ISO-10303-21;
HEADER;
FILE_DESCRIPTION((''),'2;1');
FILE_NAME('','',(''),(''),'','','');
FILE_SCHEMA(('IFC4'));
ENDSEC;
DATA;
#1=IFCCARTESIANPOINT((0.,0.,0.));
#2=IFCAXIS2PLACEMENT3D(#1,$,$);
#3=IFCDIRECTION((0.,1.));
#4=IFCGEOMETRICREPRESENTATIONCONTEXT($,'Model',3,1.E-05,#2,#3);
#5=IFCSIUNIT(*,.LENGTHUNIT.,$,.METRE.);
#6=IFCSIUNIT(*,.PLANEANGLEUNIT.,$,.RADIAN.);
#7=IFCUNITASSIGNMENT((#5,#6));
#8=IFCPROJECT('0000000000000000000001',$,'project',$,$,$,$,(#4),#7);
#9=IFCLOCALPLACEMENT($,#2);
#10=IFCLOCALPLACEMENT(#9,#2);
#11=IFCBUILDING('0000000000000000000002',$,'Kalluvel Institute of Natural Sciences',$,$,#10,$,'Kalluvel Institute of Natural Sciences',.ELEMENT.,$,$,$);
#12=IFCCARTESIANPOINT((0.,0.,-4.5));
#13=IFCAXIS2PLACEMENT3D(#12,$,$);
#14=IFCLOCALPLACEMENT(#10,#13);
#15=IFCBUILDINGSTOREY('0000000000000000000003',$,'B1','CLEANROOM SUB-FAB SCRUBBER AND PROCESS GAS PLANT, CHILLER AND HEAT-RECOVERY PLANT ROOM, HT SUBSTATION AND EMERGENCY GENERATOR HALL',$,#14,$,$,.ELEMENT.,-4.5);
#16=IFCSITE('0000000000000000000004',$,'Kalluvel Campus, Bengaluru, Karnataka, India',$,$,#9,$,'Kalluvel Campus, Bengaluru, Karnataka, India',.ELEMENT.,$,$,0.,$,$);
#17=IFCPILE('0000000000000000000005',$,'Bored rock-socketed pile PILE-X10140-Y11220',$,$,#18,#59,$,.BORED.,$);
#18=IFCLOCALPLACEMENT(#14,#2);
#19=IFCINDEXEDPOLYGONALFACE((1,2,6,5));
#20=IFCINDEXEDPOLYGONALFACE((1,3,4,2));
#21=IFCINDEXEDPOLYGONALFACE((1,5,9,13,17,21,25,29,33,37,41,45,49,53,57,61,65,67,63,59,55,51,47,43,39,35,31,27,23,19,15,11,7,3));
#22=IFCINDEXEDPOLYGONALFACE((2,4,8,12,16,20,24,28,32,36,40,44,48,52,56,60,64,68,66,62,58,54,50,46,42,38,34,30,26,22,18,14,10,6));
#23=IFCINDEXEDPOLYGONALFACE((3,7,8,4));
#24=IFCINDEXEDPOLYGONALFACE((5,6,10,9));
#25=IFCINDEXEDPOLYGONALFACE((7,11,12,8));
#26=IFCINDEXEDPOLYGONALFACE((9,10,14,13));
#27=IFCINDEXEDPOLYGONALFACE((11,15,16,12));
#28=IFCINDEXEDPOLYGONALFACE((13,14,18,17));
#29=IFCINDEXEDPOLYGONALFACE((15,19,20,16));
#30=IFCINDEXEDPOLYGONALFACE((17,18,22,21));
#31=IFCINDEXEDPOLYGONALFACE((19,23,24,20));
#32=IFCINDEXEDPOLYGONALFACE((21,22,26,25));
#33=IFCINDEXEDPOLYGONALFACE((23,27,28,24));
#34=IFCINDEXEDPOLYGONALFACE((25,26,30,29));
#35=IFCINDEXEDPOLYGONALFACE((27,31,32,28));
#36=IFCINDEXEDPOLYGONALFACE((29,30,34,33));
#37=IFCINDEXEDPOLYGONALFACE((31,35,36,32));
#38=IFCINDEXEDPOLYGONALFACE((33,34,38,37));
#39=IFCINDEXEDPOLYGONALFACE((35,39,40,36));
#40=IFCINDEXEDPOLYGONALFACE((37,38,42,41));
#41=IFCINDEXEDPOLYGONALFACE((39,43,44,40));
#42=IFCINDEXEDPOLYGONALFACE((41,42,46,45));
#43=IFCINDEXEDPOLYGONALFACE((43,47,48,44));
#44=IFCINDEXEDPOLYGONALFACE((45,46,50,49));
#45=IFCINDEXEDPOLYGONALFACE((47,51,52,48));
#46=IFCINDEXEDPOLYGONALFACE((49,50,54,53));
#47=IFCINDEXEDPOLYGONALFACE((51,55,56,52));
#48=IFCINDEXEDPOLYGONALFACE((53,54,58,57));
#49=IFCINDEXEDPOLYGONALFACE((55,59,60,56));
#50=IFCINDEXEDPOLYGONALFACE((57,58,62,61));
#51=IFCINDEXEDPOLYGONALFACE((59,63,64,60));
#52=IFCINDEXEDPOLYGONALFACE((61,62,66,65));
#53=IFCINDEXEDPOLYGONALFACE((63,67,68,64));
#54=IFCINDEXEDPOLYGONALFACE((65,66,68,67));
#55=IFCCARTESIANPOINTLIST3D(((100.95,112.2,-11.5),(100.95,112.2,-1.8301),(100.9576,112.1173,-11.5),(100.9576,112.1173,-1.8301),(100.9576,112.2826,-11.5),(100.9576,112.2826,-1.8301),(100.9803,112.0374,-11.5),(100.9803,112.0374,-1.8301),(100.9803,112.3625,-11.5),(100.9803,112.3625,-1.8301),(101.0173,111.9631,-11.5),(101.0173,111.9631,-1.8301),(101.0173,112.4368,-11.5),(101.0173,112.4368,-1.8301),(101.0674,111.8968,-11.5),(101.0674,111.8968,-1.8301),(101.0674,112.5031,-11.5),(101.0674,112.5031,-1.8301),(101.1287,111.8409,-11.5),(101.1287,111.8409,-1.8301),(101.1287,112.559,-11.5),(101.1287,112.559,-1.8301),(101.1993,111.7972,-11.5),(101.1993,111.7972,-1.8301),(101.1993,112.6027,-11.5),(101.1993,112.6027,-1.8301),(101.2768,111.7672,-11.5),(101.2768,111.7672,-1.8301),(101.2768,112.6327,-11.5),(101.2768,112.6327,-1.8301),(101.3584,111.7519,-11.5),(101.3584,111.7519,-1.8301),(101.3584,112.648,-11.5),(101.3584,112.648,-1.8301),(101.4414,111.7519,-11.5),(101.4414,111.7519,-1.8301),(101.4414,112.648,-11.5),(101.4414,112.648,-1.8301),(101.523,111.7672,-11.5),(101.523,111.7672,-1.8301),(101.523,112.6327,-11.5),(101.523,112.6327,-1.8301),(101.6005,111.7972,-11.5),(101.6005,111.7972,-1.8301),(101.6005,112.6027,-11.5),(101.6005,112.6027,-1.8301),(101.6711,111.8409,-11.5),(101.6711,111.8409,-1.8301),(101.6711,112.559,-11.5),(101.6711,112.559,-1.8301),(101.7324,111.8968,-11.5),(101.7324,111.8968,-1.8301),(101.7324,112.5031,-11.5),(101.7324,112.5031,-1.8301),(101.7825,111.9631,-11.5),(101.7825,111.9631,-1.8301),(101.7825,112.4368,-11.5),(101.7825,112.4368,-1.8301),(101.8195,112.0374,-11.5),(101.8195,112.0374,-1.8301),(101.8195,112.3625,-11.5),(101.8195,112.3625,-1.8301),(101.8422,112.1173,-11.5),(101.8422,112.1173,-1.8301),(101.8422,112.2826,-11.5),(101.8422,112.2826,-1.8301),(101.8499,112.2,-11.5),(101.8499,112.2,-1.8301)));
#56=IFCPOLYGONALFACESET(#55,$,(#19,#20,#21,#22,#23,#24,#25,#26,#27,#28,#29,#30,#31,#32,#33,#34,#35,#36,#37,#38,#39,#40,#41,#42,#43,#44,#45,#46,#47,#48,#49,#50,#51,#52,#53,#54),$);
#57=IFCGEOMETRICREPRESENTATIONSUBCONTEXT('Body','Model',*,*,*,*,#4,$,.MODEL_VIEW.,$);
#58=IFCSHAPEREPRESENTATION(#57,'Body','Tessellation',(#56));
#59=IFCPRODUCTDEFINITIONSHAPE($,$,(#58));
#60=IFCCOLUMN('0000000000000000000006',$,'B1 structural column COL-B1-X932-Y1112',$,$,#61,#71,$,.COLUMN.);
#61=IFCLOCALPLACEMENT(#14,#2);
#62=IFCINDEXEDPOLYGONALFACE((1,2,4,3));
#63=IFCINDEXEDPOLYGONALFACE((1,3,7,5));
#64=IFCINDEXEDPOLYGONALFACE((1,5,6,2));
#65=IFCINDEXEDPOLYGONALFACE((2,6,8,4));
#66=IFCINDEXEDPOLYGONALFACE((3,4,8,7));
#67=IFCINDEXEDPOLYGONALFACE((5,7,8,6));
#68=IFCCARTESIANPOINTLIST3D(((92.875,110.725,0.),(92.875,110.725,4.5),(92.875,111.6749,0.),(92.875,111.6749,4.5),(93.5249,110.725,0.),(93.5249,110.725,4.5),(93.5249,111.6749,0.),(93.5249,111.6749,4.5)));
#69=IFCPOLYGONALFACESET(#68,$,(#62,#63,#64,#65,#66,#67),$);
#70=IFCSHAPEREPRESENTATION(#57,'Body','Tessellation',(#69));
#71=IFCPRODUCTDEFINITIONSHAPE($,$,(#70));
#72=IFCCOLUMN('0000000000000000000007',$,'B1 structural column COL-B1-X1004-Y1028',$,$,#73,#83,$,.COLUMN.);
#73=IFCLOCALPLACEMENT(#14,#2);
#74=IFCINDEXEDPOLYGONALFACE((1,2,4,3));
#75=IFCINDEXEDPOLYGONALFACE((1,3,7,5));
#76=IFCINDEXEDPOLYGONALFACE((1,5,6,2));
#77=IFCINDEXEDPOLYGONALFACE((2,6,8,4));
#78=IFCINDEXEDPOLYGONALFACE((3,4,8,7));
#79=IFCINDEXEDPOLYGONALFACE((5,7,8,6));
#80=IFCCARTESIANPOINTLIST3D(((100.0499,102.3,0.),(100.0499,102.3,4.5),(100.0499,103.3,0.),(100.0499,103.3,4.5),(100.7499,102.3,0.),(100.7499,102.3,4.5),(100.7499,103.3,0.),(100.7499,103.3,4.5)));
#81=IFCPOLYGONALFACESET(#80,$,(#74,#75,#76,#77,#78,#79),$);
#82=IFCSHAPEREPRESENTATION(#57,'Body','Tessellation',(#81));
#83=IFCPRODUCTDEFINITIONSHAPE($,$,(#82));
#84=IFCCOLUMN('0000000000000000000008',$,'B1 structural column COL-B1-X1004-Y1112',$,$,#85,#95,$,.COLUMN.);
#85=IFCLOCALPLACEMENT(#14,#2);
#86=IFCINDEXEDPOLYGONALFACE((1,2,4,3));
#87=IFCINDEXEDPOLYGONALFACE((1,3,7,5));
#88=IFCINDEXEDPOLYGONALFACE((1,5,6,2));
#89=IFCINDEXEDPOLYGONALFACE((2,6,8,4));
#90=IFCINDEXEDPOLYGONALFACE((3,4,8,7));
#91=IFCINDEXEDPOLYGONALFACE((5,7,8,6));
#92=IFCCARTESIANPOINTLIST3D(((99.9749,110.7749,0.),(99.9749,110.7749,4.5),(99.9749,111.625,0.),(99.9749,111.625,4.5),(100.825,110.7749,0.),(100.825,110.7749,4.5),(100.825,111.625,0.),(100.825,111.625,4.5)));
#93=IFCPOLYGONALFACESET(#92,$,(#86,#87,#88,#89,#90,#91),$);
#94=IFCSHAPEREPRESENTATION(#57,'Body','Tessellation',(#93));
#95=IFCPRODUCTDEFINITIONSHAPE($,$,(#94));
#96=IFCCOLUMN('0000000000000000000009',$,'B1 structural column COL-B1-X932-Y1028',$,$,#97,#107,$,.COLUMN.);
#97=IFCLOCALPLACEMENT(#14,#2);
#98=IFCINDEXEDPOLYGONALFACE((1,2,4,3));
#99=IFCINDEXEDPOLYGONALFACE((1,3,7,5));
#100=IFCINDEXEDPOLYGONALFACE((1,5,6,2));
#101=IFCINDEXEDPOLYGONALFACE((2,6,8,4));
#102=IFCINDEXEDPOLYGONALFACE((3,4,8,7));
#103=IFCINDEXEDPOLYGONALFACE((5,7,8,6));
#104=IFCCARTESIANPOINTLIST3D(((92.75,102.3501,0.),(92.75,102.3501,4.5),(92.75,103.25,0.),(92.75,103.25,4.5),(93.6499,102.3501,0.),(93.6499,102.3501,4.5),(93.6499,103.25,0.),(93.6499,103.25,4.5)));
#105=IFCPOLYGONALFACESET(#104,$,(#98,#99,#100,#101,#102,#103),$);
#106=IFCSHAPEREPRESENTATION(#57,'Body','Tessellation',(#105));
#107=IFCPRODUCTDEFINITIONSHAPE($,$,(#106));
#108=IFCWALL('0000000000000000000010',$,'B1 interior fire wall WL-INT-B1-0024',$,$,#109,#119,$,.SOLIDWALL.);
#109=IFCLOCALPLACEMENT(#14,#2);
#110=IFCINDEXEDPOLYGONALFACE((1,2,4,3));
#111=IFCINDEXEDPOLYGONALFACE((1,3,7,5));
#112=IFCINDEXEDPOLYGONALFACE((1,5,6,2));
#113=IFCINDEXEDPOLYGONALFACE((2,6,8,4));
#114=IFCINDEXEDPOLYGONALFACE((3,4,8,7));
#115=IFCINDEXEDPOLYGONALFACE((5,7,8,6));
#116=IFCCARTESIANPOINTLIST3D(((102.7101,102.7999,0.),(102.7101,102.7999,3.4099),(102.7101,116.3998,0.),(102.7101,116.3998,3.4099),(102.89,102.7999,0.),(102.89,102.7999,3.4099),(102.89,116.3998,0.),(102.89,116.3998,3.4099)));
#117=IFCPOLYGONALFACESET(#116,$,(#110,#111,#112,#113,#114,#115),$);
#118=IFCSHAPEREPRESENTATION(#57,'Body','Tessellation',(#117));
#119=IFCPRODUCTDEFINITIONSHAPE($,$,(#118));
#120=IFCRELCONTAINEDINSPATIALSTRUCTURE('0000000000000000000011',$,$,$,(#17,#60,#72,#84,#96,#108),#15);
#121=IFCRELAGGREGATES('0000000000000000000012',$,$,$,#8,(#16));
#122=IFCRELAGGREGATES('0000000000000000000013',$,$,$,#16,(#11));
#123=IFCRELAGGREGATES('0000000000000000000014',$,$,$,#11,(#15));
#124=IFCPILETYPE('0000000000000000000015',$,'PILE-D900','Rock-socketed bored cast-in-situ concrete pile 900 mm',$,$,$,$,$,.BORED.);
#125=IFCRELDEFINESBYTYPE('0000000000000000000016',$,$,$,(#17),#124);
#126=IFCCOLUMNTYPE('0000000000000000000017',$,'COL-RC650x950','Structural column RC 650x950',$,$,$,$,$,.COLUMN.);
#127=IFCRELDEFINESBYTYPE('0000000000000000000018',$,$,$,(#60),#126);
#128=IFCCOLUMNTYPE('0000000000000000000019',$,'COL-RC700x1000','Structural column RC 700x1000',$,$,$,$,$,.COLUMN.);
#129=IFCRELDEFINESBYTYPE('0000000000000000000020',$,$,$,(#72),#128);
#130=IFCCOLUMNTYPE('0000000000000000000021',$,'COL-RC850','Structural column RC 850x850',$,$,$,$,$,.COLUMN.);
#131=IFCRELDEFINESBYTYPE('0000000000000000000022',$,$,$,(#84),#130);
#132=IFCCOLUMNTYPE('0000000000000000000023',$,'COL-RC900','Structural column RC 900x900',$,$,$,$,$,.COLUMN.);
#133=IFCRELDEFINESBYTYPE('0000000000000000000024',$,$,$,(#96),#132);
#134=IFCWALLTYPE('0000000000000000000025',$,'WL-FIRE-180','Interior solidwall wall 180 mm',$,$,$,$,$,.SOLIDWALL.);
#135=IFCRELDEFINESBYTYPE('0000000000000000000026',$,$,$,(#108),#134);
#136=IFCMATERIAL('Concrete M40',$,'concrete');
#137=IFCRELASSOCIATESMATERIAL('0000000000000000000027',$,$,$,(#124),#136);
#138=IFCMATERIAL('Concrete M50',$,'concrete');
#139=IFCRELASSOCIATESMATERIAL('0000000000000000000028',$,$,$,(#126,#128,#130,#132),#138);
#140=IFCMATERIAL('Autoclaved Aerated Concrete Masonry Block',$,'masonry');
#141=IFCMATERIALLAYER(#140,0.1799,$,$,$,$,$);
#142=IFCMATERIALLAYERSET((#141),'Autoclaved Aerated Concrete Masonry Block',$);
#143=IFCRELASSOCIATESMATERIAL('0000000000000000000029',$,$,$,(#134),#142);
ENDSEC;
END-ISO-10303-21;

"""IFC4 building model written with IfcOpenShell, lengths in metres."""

from ifc_helpers import new_model, si_unit, direction, frame, frame_2d, origin, origin_2d, place, context, subcontext, project, spatial, rectangle, circle, extrude, material, layer, layer_set, material_profile, profile_set, type_object, element, save


model = new_model("IFC4")

# Units and contexts
model_context = context("Model", 3, precision=1e-05, world=origin(), true_north=direction((0.0, 1.0)))
body_context = subcontext(model_context, "Body", "Model", "MODEL_VIEW")
ifc_project = project(units=[si_unit("LENGTHUNIT", "METRE"), si_unit("PLANEANGLEUNIT", "RADIAN")], contexts=[model_context])

# Site, building, storey
site_placement = place(None, origin())
site = spatial("IfcSite", under=ifc_project, at=site_placement, Name="Kalluvel Campus, Bengaluru, Karnataka, India", LongName="Kalluvel Campus, Bengaluru, Karnataka, India", CompositionType="ELEMENT", RefElevation=0.0)
building_placement = place(site_placement, origin())
building = spatial("IfcBuilding", under=site, at=building_placement, Name="Kalluvel Institute of Natural Sciences", LongName="Kalluvel Institute of Natural Sciences", CompositionType="ELEMENT")
storey_placement = place(building_placement, frame((0.0, 0.0, -4.5)))
storey = spatial("IfcBuildingStorey", under=building, at=storey_placement, Name="B1", Description="CLEANROOM SUB-FAB SCRUBBER AND PROCESS GAS PLANT, CHILLER AND HEAT-RECOVERY PLANT ROOM, HT SUBSTATION AND EMERGENCY GENERATOR HALL", CompositionType="ELEMENT", Elevation=-4.5)

# Shared definitions
ifc_material_1 = material(Name="Concrete M40", Category="concrete")

# Pile
ifc_material_profile_1 = material_profile(ifc_material_1, circle(Radius=0.45, at=origin_2d()), Name="PILE D900")
ifc_profile_set_1 = profile_set([ifc_material_profile_1], Name="Concrete M40")
pile_type_1 = type_object("IfcPileType", Name="PILE-D900", Description="Rock-socketed bored cast-in-situ concrete pile 900 mm", PredefinedType="BORED", material=ifc_profile_set_1)
for number, where, z_axis, x_axis, name in (
    (1, (101.3999, 112.2, -1.8301), (0.0, 0.0, -1.0), (1.0, 0.0, 0.0), "Bored rock-socketed pile PILE-X10140-Y11220"),
):
    element("IfcPile", number, at=place(storey_placement, frame(where, z_axis=z_axis, x_axis=x_axis)), inside=storey, type_object=pile_type_1, Name=name, PredefinedType="BORED", context=body_context, shape_type="SweptSolid", body=[
        extrude(circle(Radius=0.45, at=origin_2d()), origin(), (0.0, 0.0, 1.0), 9.6699),
    ])

# Columns
ifc_material_2 = material(Name="Concrete M50", Category="concrete")
ifc_material_profile_2 = material_profile(ifc_material_2, rectangle(XDim=0.6499, YDim=0.95, at=origin_2d()), Name="RC 650x950")
ifc_profile_set_2 = profile_set([ifc_material_profile_2], Name="Concrete M50")
column_type_1 = type_object("IfcColumnType", Name="COL-RC650x950", Description="Structural column RC 650x950", PredefinedType="COLUMN", material=ifc_profile_set_2)
column_1_placement = place(storey_placement, frame((93.2, 111.2, 0.0), z_axis=(0.0, 0.0, 1.0), x_axis=(1.0, 0.0, 0.0)))
element("IfcColumn", 2, at=column_1_placement, inside=storey, type_object=column_type_1, Name="B1 structural column COL-B1-X932-Y1112", PredefinedType="COLUMN", context=body_context, shape_type="SweptSolid", body=[
    extrude(rectangle(XDim=0.6499, YDim=0.95, at=origin_2d()), origin(), (0.0, 0.0, 1.0), 4.5),
])
ifc_material_profile_3 = material_profile(ifc_material_2, rectangle(XDim=0.7, YDim=1.0, at=origin_2d()), Name="RC 700x1000")
ifc_profile_set_3 = profile_set([ifc_material_profile_3], Name="Concrete M50")
column_type_2 = type_object("IfcColumnType", Name="COL-RC700x1000", Description="Structural column RC 700x1000", PredefinedType="COLUMN", material=ifc_profile_set_3)
column_2_placement = place(storey_placement, frame((100.3999, 102.8, 0.0), z_axis=(0.0, 0.0, 1.0), x_axis=(1.0, 0.0, 0.0)))
element("IfcColumn", 3, at=column_2_placement, inside=storey, type_object=column_type_2, Name="B1 structural column COL-B1-X1004-Y1028", PredefinedType="COLUMN", context=body_context, shape_type="SweptSolid", body=[
    extrude(rectangle(XDim=0.7, YDim=1.0, at=origin_2d()), origin(), (0.0, 0.0, 1.0), 4.5),
])
ifc_material_profile_4 = material_profile(ifc_material_2, rectangle(XDim=0.8501, YDim=0.8501, at=origin_2d()), Name="RC 850x850")
ifc_profile_set_4 = profile_set([ifc_material_profile_4], Name="Concrete M50")
column_type_3 = type_object("IfcColumnType", Name="COL-RC850", Description="Structural column RC 850x850", PredefinedType="COLUMN", material=ifc_profile_set_4)
column_3_placement = place(storey_placement, frame((100.3999, 111.2, 0.0), z_axis=(0.0, 0.0, 1.0), x_axis=(1.0, 0.0, 0.0)))
element("IfcColumn", 4, at=column_3_placement, inside=storey, type_object=column_type_3, Name="B1 structural column COL-B1-X1004-Y1112", PredefinedType="COLUMN", context=body_context, shape_type="SweptSolid", body=[
    extrude(rectangle(XDim=0.8501, YDim=0.8501, at=origin_2d()), origin(), (0.0, 0.0, 1.0), 4.5),
])
ifc_material_profile_5 = material_profile(ifc_material_2, rectangle(XDim=0.8999, YDim=0.8999, at=origin_2d()), Name="RC 900x900")
ifc_profile_set_5 = profile_set([ifc_material_profile_5], Name="Concrete M50")
column_type_4 = type_object("IfcColumnType", Name="COL-RC900", Description="Structural column RC 900x900", PredefinedType="COLUMN", material=ifc_profile_set_5)
column_4_placement = place(storey_placement, frame((93.2, 102.8, 0.0), z_axis=(0.0, 0.0, 1.0), x_axis=(1.0, 0.0, 0.0)))
element("IfcColumn", 5, at=column_4_placement, inside=storey, type_object=column_type_4, Name="B1 structural column COL-B1-X932-Y1028", PredefinedType="COLUMN", context=body_context, shape_type="SweptSolid", body=[
    extrude(rectangle(XDim=0.8999, YDim=0.8999, at=origin_2d()), origin(), (0.0, 0.0, 1.0), 4.5),
])

# Wall
ifc_material_3 = material(Name="Autoclaved Aerated Concrete Masonry Block", Category="masonry")
ifc_layer = layer(ifc_material_3, 0.1799)
ifc_layer_set = layer_set([ifc_layer], Name="Autoclaved Aerated Concrete Masonry Block")
wall_type = type_object("IfcWallType", Name="WL-FIRE-180", Description="Interior solidwall wall 180 mm", PredefinedType="SOLIDWALL", material=ifc_layer_set)
wall_placement = place(storey_placement, frame((102.8, 102.8, 0.0), z_axis=(0.0, 0.0, 1.0), x_axis=(0.0, 1.0, 0.0)))
element("IfcWall", 6, at=wall_placement, inside=storey, type_object=wall_type, Name="B1 interior fire wall WL-INT-B1-0024", PredefinedType="SOLIDWALL", context=body_context, shape_type="SweptSolid", body=[
    extrude(rectangle(XDim=13.5999, YDim=0.1799, at=frame_2d((6.7998, 0.0))), origin(), (0.0, 0.0, 1.0), 3.4099),
])

save(model, "model.ifc")
